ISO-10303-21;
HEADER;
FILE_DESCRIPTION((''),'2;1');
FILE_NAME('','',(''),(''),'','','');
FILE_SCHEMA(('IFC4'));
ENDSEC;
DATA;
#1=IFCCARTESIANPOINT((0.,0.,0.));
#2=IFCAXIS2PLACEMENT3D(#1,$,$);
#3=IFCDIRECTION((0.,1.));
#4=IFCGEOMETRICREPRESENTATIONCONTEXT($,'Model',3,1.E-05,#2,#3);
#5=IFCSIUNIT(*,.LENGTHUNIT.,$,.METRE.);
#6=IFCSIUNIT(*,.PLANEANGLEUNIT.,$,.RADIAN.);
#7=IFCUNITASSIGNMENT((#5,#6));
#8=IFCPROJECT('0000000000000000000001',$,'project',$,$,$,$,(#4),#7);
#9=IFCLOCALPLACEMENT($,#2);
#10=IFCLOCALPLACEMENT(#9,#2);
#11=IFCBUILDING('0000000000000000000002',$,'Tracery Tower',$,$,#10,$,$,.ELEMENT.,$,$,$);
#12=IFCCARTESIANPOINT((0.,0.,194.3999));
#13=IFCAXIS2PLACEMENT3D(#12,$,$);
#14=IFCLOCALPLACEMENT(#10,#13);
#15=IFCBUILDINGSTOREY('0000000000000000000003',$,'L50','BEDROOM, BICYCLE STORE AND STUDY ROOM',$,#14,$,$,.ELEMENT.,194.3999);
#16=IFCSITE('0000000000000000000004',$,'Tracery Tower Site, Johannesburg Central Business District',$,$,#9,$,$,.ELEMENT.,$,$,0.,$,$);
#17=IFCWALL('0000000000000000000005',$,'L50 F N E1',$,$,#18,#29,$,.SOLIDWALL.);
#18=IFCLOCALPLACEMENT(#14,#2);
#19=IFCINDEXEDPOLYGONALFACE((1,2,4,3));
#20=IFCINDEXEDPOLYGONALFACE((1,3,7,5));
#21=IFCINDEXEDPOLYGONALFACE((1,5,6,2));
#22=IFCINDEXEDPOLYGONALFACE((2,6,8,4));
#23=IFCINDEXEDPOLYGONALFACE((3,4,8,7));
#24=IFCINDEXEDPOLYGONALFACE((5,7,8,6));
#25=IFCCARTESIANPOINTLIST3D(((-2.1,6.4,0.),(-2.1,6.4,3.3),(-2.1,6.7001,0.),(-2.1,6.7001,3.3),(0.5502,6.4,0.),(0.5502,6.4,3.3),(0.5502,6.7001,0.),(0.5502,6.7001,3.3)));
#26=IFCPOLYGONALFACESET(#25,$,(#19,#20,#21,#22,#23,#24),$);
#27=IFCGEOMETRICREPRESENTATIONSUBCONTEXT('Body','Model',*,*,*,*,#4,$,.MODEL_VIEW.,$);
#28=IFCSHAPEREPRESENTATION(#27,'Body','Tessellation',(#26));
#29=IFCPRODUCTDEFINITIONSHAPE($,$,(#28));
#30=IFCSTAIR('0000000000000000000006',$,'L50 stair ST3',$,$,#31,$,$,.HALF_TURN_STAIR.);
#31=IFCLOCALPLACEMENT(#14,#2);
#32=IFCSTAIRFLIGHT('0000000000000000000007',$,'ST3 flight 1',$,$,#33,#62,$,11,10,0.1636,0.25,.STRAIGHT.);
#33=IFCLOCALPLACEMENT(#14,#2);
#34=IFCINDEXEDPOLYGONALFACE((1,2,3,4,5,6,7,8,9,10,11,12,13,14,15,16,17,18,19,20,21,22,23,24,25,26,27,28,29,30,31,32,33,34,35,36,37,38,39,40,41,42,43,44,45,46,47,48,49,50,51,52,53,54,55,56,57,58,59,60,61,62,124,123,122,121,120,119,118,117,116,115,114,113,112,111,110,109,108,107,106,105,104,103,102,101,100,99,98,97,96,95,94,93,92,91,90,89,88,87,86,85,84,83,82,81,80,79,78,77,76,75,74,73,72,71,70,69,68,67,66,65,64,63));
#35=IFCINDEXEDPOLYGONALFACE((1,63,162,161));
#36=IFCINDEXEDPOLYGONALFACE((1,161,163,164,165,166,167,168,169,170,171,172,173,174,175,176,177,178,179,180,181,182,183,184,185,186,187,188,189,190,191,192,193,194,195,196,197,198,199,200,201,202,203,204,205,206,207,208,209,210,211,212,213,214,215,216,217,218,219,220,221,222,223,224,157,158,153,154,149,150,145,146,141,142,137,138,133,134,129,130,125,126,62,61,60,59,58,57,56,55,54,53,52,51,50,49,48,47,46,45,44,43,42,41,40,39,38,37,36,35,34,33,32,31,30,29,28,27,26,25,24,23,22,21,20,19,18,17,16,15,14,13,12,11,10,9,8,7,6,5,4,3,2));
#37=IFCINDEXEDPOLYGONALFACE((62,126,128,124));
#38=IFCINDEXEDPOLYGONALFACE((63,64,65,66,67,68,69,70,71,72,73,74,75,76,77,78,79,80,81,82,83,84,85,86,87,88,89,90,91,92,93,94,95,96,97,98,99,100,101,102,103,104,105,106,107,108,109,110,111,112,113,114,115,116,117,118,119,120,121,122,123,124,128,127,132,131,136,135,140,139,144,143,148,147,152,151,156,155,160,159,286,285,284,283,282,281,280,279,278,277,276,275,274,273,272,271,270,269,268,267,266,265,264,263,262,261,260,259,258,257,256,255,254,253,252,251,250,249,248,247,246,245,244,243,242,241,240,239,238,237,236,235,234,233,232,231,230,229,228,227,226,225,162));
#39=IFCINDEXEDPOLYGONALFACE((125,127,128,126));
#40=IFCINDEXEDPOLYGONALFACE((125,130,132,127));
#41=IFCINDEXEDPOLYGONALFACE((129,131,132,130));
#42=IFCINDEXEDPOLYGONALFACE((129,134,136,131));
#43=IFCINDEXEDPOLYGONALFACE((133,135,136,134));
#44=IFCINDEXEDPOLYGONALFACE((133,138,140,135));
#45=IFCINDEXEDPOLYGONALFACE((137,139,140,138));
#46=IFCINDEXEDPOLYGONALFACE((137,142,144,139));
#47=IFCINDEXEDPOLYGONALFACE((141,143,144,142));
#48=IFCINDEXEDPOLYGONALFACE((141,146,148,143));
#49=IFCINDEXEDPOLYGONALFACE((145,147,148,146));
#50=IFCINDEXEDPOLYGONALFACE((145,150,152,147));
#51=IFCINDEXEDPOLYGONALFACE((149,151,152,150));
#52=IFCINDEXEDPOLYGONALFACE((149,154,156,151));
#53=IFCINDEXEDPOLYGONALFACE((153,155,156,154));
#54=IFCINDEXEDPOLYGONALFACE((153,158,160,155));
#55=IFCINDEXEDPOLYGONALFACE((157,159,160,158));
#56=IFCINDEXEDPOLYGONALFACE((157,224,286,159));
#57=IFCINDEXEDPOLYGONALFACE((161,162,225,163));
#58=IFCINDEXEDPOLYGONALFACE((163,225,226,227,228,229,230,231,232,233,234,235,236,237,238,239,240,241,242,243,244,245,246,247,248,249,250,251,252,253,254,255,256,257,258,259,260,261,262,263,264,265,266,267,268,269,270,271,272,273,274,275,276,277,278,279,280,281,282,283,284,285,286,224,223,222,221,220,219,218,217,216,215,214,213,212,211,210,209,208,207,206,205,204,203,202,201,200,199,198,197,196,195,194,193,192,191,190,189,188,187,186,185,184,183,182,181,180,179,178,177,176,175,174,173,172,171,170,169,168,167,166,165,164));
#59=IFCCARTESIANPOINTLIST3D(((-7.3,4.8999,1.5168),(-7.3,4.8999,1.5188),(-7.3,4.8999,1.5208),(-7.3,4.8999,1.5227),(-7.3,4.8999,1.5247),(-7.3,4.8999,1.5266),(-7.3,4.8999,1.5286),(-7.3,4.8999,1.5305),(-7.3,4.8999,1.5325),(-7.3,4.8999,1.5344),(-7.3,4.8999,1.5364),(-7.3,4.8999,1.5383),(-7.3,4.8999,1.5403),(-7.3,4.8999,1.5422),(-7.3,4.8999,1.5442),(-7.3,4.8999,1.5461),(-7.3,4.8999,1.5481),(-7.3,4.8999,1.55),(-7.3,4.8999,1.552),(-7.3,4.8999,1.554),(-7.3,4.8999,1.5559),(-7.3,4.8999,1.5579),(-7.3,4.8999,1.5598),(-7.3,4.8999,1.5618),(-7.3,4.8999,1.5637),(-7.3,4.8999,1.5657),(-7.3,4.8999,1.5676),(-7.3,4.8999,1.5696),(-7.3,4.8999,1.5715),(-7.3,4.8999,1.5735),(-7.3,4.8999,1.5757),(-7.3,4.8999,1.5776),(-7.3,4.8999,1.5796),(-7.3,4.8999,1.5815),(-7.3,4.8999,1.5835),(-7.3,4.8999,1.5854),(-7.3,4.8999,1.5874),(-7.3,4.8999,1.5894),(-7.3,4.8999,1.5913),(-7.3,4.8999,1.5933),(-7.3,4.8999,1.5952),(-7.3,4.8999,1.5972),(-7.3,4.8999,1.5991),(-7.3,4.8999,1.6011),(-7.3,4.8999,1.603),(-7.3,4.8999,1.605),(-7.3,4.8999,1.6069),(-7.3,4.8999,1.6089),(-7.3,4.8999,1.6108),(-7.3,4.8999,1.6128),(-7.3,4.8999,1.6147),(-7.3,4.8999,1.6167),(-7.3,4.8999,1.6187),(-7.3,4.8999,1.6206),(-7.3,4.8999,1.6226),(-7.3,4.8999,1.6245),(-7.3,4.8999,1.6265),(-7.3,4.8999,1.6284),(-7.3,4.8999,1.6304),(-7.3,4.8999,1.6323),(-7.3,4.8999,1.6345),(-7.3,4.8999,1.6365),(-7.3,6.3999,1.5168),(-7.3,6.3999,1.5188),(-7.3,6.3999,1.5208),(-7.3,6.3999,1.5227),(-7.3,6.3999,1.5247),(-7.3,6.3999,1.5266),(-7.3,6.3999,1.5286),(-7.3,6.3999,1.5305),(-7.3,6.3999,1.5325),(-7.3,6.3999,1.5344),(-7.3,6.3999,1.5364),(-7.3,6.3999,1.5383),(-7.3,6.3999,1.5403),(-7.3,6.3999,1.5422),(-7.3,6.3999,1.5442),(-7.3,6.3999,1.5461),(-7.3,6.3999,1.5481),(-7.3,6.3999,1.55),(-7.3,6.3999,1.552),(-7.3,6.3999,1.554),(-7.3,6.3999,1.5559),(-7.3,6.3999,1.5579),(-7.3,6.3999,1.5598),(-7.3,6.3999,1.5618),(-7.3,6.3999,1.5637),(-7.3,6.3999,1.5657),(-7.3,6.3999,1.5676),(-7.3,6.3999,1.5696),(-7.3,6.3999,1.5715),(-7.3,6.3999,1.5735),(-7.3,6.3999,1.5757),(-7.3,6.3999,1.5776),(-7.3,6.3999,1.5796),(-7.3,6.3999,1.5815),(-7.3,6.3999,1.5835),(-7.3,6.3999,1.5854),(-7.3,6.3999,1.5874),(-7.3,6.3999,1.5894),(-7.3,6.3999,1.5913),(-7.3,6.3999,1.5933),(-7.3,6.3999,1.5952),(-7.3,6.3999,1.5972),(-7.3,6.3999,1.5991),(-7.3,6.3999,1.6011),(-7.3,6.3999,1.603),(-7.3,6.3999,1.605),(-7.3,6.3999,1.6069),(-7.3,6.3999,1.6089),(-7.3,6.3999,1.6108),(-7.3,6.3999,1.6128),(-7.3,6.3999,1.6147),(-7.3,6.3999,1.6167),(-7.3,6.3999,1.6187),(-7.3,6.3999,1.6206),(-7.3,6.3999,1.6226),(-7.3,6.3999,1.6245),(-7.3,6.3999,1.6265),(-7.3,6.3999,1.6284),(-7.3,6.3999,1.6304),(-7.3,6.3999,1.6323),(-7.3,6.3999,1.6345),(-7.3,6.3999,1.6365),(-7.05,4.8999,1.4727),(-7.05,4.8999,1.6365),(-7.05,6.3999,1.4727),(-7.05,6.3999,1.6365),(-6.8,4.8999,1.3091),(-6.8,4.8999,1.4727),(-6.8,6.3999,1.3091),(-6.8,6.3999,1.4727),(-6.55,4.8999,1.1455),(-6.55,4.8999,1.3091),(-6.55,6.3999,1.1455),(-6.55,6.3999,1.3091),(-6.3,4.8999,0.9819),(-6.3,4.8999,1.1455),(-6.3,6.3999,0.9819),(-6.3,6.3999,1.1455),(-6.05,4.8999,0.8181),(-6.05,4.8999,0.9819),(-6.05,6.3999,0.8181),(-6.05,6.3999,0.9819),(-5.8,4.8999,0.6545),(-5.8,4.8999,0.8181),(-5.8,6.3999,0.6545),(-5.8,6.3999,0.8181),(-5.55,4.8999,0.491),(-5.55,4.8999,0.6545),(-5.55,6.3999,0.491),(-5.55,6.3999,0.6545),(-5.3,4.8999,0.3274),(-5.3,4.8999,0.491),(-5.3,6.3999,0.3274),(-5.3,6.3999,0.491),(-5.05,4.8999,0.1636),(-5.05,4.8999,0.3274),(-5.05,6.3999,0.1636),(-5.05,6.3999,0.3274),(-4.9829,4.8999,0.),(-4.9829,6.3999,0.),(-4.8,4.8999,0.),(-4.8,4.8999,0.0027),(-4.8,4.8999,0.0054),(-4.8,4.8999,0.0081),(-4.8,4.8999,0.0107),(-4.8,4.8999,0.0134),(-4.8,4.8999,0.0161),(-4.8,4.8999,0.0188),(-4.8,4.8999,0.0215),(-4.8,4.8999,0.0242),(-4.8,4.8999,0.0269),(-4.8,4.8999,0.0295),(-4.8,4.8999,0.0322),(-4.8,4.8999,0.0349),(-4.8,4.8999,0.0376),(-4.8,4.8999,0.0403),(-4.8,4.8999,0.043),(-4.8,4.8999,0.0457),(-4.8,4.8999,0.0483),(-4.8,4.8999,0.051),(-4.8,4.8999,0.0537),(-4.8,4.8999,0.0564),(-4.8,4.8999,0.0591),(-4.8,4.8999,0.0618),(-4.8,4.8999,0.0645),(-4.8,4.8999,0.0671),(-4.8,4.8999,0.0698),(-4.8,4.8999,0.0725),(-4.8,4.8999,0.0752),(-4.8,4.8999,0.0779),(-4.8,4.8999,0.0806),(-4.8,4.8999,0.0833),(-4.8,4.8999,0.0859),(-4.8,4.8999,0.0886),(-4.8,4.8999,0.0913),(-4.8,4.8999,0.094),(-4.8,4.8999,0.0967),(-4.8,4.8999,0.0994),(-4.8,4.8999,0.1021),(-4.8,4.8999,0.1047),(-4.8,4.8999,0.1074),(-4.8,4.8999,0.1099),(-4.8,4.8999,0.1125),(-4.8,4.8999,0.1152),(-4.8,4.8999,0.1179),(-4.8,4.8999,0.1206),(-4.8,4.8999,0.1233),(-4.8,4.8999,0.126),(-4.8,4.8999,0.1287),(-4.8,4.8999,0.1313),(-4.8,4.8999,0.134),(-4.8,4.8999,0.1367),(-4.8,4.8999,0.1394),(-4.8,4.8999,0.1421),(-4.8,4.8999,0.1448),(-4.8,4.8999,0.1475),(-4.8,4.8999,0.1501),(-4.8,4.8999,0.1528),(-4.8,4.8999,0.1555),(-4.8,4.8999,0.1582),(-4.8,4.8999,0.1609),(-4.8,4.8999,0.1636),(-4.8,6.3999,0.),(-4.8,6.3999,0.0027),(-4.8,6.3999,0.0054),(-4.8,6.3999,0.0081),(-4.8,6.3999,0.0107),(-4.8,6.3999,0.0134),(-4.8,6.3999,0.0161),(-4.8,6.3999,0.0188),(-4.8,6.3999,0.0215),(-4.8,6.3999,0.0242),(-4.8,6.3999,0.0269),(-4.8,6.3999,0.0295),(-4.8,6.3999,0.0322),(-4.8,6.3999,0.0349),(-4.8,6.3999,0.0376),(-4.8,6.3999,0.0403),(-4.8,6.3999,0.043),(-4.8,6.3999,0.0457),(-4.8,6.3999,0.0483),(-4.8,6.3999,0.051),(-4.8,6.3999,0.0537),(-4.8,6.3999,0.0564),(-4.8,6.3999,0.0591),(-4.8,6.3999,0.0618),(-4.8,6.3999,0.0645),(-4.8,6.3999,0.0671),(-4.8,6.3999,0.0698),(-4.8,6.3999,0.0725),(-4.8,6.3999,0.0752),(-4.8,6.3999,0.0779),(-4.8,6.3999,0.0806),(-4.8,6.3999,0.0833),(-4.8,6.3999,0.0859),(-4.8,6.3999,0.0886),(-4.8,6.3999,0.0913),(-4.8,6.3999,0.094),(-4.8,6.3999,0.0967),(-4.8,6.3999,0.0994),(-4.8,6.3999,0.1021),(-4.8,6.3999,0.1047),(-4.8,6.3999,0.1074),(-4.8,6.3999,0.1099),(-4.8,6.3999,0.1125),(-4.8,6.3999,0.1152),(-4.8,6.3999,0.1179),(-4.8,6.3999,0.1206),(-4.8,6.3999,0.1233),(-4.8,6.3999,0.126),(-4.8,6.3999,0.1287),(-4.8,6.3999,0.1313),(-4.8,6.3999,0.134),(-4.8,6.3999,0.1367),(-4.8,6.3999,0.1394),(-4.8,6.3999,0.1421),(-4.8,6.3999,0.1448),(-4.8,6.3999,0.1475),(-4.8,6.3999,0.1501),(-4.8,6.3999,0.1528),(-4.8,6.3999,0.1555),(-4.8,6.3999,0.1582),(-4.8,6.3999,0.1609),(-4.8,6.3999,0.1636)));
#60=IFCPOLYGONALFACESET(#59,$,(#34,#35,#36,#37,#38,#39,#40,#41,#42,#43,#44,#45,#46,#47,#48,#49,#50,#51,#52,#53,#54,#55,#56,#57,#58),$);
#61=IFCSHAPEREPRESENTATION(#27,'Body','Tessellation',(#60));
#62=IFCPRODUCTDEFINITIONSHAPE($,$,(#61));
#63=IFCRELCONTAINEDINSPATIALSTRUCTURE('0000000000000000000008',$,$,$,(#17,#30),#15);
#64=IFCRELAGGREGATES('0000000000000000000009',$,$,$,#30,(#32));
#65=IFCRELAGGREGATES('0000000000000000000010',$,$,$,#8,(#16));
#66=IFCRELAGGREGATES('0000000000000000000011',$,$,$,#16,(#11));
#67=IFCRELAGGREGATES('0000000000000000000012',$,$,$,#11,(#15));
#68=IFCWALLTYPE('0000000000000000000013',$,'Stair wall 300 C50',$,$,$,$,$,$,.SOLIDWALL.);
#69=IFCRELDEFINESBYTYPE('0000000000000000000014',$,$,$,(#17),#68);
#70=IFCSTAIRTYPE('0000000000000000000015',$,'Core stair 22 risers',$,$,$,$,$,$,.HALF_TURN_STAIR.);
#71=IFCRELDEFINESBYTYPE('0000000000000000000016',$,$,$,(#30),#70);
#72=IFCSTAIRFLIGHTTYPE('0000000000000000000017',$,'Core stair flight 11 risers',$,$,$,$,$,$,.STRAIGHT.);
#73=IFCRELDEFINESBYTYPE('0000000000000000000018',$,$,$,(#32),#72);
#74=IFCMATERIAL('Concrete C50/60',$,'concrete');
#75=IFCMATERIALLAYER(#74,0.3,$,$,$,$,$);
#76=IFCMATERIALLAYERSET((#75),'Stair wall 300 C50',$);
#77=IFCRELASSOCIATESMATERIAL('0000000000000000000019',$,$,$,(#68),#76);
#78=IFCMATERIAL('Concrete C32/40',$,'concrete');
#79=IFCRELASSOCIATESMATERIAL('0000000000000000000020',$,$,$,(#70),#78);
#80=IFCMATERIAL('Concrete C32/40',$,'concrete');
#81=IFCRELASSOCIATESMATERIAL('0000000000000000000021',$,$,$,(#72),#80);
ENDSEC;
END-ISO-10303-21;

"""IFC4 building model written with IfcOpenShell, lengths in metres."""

from ifc_helpers import new_model, si_unit, direction, frame, frame_2d, origin, place, context, subcontext, project, spatial, polyline, rectangle, outline, extrude, material, layer, layer_set, type_object, element, aggregate, save


model = new_model("IFC4")

# Units and contexts
model_context = context("Model", 3, precision=1e-05, world=origin(), true_north=direction((0.0, 1.0)))
body_context = subcontext(model_context, "Body", "Model", "MODEL_VIEW")
ifc_project = project(units=[si_unit("LENGTHUNIT", "METRE"), si_unit("PLANEANGLEUNIT", "RADIAN")], contexts=[model_context])

# Site, building, storey
site_placement = place(None, origin())
site = spatial("IfcSite", under=ifc_project, at=site_placement, Name="Tracery Tower Site, Johannesburg Central Business District", CompositionType="ELEMENT", RefElevation=0.0)
building_placement = place(site_placement, origin())
building = spatial("IfcBuilding", under=site, at=building_placement, Name="Tracery Tower", CompositionType="ELEMENT")
storey_placement = place(building_placement, frame((0.0, 0.0, 194.3999)))
storey = spatial("IfcBuildingStorey", under=building, at=storey_placement, Name="L50", Description="BEDROOM, BICYCLE STORE AND STUDY ROOM", CompositionType="ELEMENT", Elevation=194.3999)

# Shared definitions
ifc_material_1 = material(Name="Concrete C50/60", Category="concrete")
ifc_layer_1 = layer(ifc_material_1, 0.3)
ifc_layer_set_1 = layer_set([ifc_layer_1], Name="Stair wall 300 C50")
wall_type_1 = type_object("IfcWallType", Name="Stair wall 300 C50", PredefinedType="SOLIDWALL", material=ifc_layer_set_1)

# Wall
wall_1_placement = place(storey_placement, frame((-2.1001, 6.55, 0.0), z_axis=(0.0, 0.0, 1.0), x_axis=(1.0, 0.0, 0.0)))
element("IfcWall", 1, at=wall_1_placement, inside=storey, type_object=wall_type_1, Name="L50 F N E1", PredefinedType="SOLIDWALL", context=body_context, shape_type="SweptSolid", body=[
    extrude(rectangle(XDim=2.6501, YDim=0.3, at=frame_2d((1.3252, 0.0))), origin(), (0.0, 0.0, 1.0), 3.3),
])

# Stair, stair flight
ifc_material_2 = material(Name="Concrete C32/40", Category="concrete")
stair_type = type_object("IfcStairType", Name="Core stair 22 risers", PredefinedType="HALF_TURN_STAIR", material=ifc_material_2)
stair_placement = place(storey_placement, origin())
stair = element("IfcStair", 2, at=stair_placement, inside=storey, type_object=stair_type, Name="L50 stair ST3", PredefinedType="HALF_TURN_STAIR")
ifc_material_3 = material(Name="Concrete C32/40", Category="concrete")
stair_flight_type = type_object("IfcStairFlightType", Name="Core stair flight 11 risers", PredefinedType="STRAIGHT", material=ifc_material_3)
stair_flight_1_placement = place(storey_placement, frame((-4.8, 5.6499, 0.0), z_axis=(0.0, 0.0, 1.0), x_axis=(-1.0, 0.0, 0.0)))
stair_flight_1 = element("IfcStairFlight", 3, at=stair_flight_1_placement, type_object=stair_flight_type, Name="ST3 flight 1", NumberOfRisers=11, NumberOfTreads=10, PredefinedType="STRAIGHT", RiserHeight=0.1636, TreadLength=0.25, context=body_context, shape_type="SweptSolid", body=[
    extrude(outline(polyline([(0.0, 0.0), (0.0, 0.0027), (0.0, 0.0054), (0.0, 0.0081), (0.0, 0.0107), (0.0, 0.0134), (0.0, 0.0161), (0.0, 0.0188), (0.0, 0.0215), (0.0, 0.0242), (0.0, 0.0269), (0.0, 0.0295), (0.0, 0.0322), (0.0, 0.0349), (0.0, 0.0376), (0.0, 0.0403), (0.0, 0.043), (0.0, 0.0457), (0.0, 0.0483), (0.0, 0.051), (0.0, 0.0537), (0.0, 0.0564), (0.0, 0.0591), (0.0, 0.0618), (0.0, 0.0645), (0.0, 0.0671), (0.0, 0.0698), (0.0, 0.0725), (0.0, 0.0752), (0.0, 0.0779), (0.0, 0.0806), (0.0, 0.0833), (0.0, 0.0859), (0.0, 0.0886), (0.0, 0.0913), (0.0, 0.094), (0.0, 0.0967), (0.0, 0.0994), (0.0, 0.1021), (0.0, 0.1047), (0.0, 0.1074), (0.0, 0.1099), (0.0, 0.1125), (0.0, 0.1152), (0.0, 0.1179), (0.0, 0.1206), (0.0, 0.1233), (0.0, 0.126), (0.0, 0.1287), (0.0, 0.1313), (0.0, 0.134), (0.0, 0.1367), (0.0, 0.1394), (0.0, 0.1421), (0.0, 0.1448), (0.0, 0.1475), (0.0, 0.1501), (0.0, 0.1528), (0.0, 0.1555), (0.0, 0.1582), (0.0, 0.1609), (0.0, 0.1636), (0.25, 0.1636), (0.25, 0.3274), (0.5, 0.3274), (0.5, 0.491), (0.75, 0.491), (0.75, 0.6545), (1.0, 0.6545), (1.0, 0.8181), (1.25, 0.8181), (1.25, 0.9819), (1.5, 0.9819), (1.5, 1.1455), (1.75, 1.1455), (1.75, 1.3091), (2.0, 1.3091), (2.0, 1.4727), (2.25, 1.4727), (2.25, 1.6365), (2.5, 1.6365), (2.5, 1.6345), (2.5, 1.6323), (2.5, 1.6304), (2.5, 1.6284), (2.5, 1.6265), (2.5, 1.6245), (2.5, 1.6226), (2.5, 1.6206), (2.5, 1.6187), (2.5, 1.6167), (2.5, 1.6147), (2.5, 1.6128), (2.5, 1.6108), (2.5, 1.6089), (2.5, 1.6069), (2.5, 1.605), (2.5, 1.603), (2.5, 1.6011), (2.5, 1.5991), (2.5, 1.5972), (2.5, 1.5952), (2.5, 1.5933), (2.5, 1.5913), (2.5, 1.5894), (2.5, 1.5874), (2.5, 1.5854), (2.5, 1.5835), (2.5, 1.5815), (2.5, 1.5796), (2.5, 1.5776), (2.5, 1.5757), (2.5, 1.5735), (2.5, 1.5715), (2.5, 1.5696), (2.5, 1.5676), (2.5, 1.5657), (2.5, 1.5637), (2.5, 1.5618), (2.5, 1.5598), (2.5, 1.5579), (2.5, 1.5559), (2.5, 1.554), (2.5, 1.552), (2.5, 1.55), (2.5, 1.5481), (2.5, 1.5461), (2.5, 1.5442), (2.5, 1.5422), (2.5, 1.5403), (2.5, 1.5383), (2.5, 1.5364), (2.5, 1.5344), (2.5, 1.5325), (2.5, 1.5305), (2.5, 1.5286), (2.5, 1.5266), (2.5, 1.5247), (2.5, 1.5227), (2.5, 1.5208), (2.5, 1.5188), (2.5, 1.5168), (0.1829, 0.0), (0.0, 0.0)])), frame((0.0, 0.75, 0.0), z_axis=(0.0, -1.0, 0.0), x_axis=(1.0, 0.0, 0.0)), (0.0, 0.0, 1.0), 1.5),
])
aggregate(stair, [stair_flight_1])

save(model, "model.ifc")
